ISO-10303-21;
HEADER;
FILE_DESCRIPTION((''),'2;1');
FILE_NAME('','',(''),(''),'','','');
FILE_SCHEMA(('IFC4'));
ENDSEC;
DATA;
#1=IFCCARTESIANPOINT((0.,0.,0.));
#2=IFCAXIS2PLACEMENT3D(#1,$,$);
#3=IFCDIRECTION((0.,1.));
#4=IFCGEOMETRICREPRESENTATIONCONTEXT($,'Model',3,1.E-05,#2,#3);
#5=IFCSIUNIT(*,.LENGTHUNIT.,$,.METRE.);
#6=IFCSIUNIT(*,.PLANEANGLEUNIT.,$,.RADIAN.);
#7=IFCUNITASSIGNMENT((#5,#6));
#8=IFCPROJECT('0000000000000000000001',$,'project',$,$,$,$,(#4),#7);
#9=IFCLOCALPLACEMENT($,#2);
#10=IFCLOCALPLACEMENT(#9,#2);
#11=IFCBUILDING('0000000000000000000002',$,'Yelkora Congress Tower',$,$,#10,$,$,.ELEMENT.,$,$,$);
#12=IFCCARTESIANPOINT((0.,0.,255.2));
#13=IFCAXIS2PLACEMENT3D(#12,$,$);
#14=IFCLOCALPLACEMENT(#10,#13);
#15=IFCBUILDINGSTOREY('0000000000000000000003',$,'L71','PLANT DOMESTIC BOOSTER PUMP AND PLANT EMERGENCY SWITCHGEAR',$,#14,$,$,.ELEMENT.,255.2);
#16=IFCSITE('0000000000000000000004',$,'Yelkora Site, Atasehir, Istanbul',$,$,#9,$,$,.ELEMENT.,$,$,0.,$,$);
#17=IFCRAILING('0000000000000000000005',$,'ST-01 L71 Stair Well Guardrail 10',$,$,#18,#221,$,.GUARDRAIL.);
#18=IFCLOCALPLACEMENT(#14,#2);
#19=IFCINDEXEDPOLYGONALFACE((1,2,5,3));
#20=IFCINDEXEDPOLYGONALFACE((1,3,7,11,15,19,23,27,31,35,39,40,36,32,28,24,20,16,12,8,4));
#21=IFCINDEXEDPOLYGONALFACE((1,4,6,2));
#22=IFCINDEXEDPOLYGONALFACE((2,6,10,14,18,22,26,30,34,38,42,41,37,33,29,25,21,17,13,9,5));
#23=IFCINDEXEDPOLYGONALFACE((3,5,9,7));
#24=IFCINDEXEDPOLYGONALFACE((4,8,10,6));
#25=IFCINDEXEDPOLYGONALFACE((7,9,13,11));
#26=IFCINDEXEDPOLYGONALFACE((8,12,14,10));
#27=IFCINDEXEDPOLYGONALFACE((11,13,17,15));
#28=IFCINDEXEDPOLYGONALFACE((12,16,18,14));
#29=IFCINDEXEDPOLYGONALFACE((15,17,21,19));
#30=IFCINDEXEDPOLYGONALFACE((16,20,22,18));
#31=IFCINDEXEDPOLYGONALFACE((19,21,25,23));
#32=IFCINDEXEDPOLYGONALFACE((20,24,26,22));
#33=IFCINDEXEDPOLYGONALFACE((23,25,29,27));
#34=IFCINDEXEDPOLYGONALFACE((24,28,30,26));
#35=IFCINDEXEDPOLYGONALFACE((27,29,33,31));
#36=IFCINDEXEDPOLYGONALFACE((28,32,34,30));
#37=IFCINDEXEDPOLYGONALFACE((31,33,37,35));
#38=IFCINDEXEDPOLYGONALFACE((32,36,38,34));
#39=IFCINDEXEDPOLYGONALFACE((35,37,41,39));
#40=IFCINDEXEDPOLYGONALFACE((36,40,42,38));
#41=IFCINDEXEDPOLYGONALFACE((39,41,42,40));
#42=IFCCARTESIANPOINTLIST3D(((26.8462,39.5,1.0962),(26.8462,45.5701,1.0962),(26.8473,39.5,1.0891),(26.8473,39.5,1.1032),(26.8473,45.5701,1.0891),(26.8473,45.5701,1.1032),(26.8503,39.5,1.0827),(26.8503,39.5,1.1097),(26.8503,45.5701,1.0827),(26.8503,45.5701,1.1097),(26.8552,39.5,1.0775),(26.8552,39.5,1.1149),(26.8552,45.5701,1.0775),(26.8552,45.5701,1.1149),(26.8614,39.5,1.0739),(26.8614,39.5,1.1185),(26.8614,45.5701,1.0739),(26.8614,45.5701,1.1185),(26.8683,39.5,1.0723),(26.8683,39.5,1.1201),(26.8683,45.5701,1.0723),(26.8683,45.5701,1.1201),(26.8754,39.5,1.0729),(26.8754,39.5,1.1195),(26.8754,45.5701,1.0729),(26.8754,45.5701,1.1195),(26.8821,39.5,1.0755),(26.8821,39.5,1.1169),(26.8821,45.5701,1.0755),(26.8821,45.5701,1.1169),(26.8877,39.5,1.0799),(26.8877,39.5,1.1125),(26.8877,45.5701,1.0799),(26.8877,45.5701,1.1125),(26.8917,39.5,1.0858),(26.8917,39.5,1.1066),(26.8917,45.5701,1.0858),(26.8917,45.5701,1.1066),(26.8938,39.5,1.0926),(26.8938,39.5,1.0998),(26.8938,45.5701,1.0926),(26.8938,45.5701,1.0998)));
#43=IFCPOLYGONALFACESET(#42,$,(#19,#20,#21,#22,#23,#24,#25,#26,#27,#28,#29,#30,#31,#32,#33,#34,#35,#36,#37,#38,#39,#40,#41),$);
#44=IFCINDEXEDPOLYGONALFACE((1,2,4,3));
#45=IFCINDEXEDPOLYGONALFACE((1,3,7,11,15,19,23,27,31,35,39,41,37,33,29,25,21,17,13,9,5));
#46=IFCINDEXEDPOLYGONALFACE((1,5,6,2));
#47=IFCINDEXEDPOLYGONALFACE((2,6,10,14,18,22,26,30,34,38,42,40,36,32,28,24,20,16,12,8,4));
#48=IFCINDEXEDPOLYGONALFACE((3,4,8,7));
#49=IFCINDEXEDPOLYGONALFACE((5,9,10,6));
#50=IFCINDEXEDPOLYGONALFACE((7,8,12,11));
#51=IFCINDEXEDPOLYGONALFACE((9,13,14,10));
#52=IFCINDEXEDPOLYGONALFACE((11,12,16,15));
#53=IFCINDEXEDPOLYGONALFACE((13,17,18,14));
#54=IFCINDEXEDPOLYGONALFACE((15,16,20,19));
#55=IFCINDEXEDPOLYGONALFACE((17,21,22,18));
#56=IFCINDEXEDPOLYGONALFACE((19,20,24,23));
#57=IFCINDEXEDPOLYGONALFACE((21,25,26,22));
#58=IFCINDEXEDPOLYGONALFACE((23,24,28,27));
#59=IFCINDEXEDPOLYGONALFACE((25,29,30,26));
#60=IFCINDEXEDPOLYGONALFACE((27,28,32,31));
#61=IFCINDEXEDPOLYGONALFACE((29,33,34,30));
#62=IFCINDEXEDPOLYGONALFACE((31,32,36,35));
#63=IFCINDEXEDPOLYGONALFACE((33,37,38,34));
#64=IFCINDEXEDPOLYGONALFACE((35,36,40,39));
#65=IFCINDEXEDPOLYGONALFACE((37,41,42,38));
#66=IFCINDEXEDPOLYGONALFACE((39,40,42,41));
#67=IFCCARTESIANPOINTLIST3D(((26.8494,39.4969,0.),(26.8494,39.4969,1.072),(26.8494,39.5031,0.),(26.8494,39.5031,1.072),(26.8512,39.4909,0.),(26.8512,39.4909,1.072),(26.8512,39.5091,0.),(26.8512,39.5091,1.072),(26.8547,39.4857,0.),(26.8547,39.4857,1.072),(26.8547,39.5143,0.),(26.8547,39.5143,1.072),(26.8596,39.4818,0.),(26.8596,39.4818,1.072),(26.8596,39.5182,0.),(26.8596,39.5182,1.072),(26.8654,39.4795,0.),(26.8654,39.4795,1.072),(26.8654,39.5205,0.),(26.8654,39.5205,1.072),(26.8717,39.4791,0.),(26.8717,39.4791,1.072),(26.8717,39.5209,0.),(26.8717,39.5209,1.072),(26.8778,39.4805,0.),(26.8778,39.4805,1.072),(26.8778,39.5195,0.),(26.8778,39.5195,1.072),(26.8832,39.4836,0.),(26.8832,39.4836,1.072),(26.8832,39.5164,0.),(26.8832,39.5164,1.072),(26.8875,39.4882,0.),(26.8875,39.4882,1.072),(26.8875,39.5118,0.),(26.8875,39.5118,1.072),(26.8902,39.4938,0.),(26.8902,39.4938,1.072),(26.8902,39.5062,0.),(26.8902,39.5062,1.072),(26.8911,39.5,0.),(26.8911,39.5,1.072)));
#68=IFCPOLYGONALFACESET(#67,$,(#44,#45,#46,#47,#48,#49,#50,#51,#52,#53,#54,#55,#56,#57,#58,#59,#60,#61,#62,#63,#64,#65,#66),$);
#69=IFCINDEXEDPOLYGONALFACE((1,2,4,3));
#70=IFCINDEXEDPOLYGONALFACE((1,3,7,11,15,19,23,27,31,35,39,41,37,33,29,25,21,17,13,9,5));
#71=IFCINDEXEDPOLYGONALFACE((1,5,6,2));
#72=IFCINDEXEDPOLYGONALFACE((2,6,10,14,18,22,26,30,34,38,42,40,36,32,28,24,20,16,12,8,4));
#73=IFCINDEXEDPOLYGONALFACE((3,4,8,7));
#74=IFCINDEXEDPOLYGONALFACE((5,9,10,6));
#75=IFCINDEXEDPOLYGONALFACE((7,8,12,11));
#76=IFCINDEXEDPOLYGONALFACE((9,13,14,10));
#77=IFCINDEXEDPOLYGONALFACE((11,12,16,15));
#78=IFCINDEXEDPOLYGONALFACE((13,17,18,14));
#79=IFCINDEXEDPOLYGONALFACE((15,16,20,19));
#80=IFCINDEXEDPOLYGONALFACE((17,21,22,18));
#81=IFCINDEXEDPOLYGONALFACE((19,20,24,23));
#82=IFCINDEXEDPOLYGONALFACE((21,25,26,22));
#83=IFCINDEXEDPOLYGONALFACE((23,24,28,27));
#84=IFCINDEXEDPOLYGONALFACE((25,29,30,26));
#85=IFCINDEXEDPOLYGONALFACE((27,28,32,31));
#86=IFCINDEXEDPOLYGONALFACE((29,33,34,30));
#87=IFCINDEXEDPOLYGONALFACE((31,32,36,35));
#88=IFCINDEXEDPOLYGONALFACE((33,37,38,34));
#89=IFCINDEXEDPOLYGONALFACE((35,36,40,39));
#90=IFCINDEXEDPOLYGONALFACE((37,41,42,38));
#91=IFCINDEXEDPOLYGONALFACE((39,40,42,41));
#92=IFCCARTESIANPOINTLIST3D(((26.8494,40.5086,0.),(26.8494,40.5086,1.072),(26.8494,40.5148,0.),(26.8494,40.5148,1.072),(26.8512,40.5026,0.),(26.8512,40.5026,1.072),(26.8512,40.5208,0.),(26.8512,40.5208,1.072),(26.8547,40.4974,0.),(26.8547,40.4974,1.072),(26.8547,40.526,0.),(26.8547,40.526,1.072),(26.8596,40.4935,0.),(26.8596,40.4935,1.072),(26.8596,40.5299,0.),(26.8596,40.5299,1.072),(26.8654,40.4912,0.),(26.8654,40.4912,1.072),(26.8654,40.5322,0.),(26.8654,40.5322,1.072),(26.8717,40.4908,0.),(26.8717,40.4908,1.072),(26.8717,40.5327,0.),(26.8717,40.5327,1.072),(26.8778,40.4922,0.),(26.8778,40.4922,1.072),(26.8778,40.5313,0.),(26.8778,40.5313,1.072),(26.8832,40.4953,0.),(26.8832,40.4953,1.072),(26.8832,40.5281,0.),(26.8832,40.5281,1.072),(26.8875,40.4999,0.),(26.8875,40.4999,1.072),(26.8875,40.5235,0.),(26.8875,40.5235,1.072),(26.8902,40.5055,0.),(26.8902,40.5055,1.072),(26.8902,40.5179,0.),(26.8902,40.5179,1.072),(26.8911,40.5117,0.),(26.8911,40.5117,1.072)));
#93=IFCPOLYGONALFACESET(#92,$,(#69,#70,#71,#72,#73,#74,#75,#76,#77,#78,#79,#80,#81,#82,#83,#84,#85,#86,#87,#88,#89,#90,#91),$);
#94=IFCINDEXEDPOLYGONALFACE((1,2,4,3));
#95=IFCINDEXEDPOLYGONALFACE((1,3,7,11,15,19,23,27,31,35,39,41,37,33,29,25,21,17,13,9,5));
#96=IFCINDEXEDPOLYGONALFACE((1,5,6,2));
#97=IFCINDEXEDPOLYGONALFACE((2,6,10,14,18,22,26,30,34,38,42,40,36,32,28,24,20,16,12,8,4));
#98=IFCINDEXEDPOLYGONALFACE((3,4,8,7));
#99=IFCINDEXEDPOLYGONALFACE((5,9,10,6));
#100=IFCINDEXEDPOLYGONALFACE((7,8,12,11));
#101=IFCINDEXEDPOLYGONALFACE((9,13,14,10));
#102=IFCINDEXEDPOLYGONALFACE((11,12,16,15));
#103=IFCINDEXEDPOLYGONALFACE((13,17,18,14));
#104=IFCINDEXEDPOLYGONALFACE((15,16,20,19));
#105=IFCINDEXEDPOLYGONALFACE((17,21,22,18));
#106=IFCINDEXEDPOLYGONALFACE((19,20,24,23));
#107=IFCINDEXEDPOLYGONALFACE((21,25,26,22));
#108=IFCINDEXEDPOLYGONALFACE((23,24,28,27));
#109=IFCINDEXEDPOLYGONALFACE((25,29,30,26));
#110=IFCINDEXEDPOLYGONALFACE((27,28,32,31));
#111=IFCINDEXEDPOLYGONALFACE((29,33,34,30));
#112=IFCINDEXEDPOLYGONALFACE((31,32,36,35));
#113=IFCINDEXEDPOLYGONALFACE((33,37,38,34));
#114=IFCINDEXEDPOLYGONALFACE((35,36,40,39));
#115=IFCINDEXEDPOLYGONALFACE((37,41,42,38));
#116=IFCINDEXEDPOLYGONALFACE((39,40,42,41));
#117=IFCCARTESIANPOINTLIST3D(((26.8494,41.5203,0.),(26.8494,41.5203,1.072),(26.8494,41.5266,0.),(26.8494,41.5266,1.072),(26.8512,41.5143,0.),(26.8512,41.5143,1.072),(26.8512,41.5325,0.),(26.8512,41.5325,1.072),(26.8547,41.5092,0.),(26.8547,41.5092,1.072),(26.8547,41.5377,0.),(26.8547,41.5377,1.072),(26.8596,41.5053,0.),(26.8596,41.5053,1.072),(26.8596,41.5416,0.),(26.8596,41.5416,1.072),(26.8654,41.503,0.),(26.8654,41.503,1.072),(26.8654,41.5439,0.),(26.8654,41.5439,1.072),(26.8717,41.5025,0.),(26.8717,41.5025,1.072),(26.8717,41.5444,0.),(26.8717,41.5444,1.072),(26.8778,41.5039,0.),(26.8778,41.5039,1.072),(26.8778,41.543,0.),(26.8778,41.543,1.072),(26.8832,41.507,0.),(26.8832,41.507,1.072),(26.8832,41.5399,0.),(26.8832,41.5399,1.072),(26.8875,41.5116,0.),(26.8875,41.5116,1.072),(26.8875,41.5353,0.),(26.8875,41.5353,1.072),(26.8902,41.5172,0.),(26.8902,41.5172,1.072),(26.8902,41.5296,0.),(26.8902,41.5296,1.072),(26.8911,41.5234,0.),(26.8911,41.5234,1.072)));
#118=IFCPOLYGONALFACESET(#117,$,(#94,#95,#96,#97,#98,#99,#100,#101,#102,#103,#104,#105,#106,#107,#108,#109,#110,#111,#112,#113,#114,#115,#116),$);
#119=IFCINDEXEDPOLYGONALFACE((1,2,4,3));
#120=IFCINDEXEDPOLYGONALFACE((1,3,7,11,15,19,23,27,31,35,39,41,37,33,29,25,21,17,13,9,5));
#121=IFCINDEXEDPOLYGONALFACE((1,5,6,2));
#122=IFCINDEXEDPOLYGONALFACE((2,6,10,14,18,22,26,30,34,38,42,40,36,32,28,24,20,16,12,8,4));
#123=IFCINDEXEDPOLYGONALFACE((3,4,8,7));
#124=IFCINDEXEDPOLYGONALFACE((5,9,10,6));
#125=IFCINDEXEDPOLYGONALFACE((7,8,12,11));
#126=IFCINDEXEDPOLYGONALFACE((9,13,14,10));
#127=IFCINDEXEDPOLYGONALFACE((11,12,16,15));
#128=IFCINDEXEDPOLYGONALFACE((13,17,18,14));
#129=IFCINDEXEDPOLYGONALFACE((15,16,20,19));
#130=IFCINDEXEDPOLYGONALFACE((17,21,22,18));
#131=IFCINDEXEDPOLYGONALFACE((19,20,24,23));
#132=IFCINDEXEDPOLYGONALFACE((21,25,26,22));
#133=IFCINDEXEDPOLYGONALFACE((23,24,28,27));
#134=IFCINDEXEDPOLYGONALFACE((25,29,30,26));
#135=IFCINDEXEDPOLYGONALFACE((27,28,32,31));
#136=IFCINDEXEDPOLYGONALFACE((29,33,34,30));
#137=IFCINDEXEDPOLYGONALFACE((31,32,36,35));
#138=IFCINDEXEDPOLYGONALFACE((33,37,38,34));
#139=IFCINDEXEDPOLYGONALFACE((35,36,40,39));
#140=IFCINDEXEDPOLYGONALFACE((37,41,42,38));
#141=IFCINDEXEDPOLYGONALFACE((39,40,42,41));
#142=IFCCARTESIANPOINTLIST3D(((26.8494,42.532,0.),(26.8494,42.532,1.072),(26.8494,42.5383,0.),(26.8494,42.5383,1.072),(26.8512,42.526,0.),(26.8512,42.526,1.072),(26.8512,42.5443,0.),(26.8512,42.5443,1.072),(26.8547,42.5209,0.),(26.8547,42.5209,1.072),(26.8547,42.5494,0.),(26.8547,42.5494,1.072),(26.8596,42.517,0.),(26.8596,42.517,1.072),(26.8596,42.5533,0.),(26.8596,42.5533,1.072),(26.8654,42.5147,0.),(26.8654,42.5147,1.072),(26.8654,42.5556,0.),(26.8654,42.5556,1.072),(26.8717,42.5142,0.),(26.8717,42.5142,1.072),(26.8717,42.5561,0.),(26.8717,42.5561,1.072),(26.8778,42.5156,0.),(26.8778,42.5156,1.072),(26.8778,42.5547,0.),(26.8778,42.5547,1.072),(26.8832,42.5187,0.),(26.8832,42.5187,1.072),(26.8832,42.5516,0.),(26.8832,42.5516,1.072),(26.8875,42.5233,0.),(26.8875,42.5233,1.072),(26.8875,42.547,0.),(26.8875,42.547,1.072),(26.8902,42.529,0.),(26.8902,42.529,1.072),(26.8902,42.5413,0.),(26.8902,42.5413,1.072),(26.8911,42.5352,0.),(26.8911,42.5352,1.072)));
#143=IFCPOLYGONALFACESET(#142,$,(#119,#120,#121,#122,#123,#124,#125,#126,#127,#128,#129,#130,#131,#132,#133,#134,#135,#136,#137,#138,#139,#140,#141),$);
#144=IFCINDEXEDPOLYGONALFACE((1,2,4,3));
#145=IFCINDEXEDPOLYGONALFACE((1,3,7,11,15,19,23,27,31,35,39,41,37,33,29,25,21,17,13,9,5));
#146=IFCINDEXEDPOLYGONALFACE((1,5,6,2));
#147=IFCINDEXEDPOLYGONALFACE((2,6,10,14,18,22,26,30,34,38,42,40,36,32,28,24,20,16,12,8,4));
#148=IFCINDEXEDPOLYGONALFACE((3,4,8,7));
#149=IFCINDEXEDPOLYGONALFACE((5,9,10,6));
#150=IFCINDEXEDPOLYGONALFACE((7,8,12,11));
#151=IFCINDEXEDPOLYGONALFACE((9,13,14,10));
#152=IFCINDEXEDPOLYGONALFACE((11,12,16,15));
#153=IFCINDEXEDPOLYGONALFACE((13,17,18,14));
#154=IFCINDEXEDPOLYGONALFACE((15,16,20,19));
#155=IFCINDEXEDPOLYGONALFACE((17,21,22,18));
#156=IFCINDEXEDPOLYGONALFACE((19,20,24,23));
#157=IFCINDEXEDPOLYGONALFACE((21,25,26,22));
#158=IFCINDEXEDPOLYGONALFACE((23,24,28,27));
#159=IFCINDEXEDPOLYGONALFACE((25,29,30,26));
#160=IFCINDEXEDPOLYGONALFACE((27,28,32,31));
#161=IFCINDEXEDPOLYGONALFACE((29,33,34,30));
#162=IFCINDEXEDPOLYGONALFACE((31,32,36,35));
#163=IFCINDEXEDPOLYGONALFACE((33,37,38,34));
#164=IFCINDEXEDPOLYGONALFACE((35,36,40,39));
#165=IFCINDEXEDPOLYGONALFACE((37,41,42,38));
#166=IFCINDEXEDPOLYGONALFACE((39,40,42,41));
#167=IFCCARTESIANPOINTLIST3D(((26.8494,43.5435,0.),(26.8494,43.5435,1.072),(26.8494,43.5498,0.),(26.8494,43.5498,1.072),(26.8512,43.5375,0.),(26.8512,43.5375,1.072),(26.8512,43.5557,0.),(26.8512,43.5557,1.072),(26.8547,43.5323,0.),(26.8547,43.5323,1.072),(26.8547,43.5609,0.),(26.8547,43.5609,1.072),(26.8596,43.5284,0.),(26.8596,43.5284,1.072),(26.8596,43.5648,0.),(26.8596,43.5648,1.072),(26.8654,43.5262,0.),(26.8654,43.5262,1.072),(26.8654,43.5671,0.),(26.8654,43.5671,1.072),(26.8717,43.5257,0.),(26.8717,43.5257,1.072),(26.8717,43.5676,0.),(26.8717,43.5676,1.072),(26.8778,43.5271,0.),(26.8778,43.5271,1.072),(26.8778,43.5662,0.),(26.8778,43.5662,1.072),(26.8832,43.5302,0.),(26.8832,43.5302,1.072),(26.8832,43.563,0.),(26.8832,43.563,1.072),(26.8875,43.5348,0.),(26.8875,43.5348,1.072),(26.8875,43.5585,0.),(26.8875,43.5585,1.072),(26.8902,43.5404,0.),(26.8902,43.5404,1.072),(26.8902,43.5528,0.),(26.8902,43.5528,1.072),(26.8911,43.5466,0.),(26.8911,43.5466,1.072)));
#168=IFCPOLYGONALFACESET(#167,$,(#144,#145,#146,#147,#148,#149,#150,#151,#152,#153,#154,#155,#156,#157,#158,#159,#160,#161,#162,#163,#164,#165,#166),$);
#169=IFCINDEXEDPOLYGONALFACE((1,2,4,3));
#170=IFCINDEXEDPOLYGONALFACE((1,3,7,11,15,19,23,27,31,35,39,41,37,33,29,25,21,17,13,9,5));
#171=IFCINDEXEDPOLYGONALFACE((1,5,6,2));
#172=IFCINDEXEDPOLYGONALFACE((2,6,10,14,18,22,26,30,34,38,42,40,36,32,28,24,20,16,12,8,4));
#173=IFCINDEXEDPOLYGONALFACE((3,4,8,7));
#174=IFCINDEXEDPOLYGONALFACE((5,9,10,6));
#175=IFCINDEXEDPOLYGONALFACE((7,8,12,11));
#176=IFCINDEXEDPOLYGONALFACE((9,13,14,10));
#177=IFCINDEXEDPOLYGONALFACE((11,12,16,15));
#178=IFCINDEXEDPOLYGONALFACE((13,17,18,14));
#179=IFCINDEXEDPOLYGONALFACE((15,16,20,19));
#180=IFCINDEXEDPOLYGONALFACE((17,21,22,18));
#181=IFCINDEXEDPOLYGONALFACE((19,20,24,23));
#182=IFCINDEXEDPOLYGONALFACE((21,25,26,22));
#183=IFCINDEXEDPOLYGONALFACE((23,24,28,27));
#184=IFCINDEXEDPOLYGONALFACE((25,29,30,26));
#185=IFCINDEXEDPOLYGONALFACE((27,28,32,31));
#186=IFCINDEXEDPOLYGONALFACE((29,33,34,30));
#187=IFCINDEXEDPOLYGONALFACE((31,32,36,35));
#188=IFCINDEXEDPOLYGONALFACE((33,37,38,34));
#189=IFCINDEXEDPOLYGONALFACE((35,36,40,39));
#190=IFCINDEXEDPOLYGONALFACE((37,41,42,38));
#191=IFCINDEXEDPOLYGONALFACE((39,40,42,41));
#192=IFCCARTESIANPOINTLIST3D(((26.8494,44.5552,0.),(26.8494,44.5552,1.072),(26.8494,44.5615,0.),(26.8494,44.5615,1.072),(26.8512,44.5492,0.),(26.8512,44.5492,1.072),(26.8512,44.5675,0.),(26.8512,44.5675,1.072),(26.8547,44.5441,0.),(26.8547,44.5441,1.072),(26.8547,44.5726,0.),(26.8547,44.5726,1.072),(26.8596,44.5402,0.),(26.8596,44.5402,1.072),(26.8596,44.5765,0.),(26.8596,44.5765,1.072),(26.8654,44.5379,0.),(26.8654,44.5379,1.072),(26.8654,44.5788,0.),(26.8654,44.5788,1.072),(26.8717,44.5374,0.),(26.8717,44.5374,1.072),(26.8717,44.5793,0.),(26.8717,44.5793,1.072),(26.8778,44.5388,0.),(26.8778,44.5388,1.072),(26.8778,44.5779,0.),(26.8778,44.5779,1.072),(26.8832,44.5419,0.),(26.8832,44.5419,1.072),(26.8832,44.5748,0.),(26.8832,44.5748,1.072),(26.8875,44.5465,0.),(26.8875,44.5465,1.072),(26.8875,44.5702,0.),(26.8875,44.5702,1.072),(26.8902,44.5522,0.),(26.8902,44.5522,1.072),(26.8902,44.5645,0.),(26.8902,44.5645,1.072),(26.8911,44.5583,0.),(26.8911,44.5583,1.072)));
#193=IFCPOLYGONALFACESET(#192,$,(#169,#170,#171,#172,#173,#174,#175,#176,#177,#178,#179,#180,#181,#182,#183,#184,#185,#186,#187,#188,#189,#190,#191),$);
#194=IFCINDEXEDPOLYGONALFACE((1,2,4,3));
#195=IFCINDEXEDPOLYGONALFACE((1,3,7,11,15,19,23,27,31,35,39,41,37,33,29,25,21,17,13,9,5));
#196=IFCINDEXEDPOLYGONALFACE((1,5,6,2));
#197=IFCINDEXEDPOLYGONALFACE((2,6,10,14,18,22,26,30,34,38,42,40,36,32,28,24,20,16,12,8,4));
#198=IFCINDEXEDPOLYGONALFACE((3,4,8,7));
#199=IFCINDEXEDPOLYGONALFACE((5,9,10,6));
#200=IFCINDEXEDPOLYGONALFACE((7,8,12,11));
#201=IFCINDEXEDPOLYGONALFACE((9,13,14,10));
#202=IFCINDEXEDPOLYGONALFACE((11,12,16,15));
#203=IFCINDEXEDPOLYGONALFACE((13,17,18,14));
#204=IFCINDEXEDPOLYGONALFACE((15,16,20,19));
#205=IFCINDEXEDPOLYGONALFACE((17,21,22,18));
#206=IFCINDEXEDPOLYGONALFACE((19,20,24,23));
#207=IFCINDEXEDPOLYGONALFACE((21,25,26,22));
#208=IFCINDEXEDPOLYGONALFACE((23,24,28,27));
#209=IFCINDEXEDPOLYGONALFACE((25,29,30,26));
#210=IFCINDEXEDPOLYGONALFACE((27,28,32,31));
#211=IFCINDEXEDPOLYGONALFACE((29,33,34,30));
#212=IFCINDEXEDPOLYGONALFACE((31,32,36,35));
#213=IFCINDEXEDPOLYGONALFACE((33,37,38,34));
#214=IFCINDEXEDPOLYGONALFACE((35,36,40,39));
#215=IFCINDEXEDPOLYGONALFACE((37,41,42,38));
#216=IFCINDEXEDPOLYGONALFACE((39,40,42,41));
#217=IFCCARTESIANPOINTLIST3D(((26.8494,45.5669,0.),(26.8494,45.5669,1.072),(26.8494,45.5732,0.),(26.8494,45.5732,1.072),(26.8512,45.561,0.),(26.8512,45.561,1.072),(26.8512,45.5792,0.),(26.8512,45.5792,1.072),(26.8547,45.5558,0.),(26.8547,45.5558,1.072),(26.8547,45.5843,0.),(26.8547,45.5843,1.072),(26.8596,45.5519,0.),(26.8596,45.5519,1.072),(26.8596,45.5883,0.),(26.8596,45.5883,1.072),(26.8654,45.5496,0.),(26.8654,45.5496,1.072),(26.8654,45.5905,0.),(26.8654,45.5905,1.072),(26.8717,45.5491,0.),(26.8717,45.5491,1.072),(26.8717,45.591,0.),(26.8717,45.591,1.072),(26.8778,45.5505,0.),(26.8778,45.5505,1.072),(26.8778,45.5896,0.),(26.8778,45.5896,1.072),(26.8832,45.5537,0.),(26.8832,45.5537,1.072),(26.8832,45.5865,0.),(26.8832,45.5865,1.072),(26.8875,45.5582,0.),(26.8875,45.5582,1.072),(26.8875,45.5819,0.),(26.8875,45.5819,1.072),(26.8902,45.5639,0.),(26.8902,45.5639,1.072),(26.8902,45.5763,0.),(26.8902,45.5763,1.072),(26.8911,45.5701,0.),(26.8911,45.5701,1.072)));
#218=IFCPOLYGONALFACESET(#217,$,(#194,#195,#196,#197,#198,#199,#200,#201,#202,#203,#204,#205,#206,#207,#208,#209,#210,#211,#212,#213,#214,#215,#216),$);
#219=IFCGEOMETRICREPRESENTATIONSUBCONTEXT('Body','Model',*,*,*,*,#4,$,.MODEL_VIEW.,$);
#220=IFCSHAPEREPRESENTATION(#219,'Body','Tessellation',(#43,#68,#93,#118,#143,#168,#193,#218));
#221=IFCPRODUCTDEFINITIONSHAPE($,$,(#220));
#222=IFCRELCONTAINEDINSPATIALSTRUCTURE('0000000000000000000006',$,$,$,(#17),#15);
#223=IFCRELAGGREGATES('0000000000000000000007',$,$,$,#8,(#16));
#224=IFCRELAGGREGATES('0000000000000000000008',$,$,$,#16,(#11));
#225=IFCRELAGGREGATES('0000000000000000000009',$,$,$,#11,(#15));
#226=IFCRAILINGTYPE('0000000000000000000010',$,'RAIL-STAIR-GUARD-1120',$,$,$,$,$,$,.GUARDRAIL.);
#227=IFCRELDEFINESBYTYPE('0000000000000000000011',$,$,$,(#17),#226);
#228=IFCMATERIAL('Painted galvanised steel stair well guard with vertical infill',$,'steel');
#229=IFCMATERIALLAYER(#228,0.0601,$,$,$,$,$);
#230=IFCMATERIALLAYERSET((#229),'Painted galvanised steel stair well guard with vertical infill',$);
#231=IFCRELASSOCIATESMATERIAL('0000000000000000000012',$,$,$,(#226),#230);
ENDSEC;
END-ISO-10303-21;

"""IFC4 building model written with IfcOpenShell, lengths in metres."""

from ifc_helpers import new_model, si_unit, direction, frame, origin, origin_2d, place, context, subcontext, project, spatial, circle, extrude, material, layer, layer_set, type_object, element, save


model = new_model("IFC4")

# Units and contexts
model_context = context("Model", 3, precision=1e-05, world=origin(), true_north=direction((0.0, 1.0)))
body_context = subcontext(model_context, "Body", "Model", "MODEL_VIEW")
ifc_project = project(units=[si_unit("LENGTHUNIT", "METRE"), si_unit("PLANEANGLEUNIT", "RADIAN")], contexts=[model_context])

# Site, building, storey
site_placement = place(None, origin())
site = spatial("IfcSite", under=ifc_project, at=site_placement, Name="Yelkora Site, Atasehir, Istanbul", CompositionType="ELEMENT", RefElevation=0.0)
building_placement = place(site_placement, origin())
building = spatial("IfcBuilding", under=site, at=building_placement, Name="Yelkora Congress Tower", CompositionType="ELEMENT")
storey_placement = place(building_placement, frame((0.0, 0.0, 255.2)))
storey = spatial("IfcBuildingStorey", under=building, at=storey_placement, Name="L71", Description="PLANT DOMESTIC BOOSTER PUMP AND PLANT EMERGENCY SWITCHGEAR", CompositionType="ELEMENT", Elevation=255.2)

# Railing
ifc_material_1 = material(Name="Painted galvanised steel stair well guard with vertical infill", Category="steel")
ifc_layer_1 = layer(ifc_material_1, 0.0601)
ifc_layer_set_1 = layer_set([ifc_layer_1], Name="Painted galvanised steel stair well guard with vertical infill")
railing_type_1 = type_object("IfcRailingType", Name="RAIL-STAIR-GUARD-1120", PredefinedType="GUARDRAIL", material=ifc_layer_set_1)
railing_1_placement = place(storey_placement, frame((26.8701, 39.5, 0.0)))
element("IfcRailing", 1, at=railing_1_placement, inside=storey, type_object=railing_type_1, Name="ST-01 L71 Stair Well Guardrail 10", PredefinedType="GUARDRAIL", context=body_context, shape_type="SweptSolid", body=[
    extrude(circle(Radius=0.0239, at=origin_2d()), frame((0.0, 0.0, 1.0962), z_axis=(0.0, 1.0, 0.0), x_axis=(-1.0, 0.0, 0.0)), (0.0, 0.0, 1.0), 6.0701),
    extrude(circle(Radius=0.021, at=origin_2d()), origin(), (0.0, 0.0, 1.0), 1.072),
    extrude(circle(Radius=0.021, at=origin_2d()), frame((0.0, 1.0117, 0.0)), (0.0, 0.0, 1.0), 1.072),
    extrude(circle(Radius=0.021, at=origin_2d()), frame((0.0, 2.0234, 0.0)), (0.0, 0.0, 1.0), 1.072),
    extrude(circle(Radius=0.021, at=origin_2d()), frame((0.0, 3.0352, 0.0)), (0.0, 0.0, 1.0), 1.072),
    extrude(circle(Radius=0.021, at=origin_2d()), frame((0.0, 4.0466, 0.0)), (0.0, 0.0, 1.0), 1.072),
    extrude(circle(Radius=0.021, at=origin_2d()), frame((0.0, 5.0583, 0.0)), (0.0, 0.0, 1.0), 1.072),
    extrude(circle(Radius=0.021, at=origin_2d()), frame((0.0, 6.0701, 0.0)), (0.0, 0.0, 1.0), 1.072),
])

save(model, "model.ifc")
